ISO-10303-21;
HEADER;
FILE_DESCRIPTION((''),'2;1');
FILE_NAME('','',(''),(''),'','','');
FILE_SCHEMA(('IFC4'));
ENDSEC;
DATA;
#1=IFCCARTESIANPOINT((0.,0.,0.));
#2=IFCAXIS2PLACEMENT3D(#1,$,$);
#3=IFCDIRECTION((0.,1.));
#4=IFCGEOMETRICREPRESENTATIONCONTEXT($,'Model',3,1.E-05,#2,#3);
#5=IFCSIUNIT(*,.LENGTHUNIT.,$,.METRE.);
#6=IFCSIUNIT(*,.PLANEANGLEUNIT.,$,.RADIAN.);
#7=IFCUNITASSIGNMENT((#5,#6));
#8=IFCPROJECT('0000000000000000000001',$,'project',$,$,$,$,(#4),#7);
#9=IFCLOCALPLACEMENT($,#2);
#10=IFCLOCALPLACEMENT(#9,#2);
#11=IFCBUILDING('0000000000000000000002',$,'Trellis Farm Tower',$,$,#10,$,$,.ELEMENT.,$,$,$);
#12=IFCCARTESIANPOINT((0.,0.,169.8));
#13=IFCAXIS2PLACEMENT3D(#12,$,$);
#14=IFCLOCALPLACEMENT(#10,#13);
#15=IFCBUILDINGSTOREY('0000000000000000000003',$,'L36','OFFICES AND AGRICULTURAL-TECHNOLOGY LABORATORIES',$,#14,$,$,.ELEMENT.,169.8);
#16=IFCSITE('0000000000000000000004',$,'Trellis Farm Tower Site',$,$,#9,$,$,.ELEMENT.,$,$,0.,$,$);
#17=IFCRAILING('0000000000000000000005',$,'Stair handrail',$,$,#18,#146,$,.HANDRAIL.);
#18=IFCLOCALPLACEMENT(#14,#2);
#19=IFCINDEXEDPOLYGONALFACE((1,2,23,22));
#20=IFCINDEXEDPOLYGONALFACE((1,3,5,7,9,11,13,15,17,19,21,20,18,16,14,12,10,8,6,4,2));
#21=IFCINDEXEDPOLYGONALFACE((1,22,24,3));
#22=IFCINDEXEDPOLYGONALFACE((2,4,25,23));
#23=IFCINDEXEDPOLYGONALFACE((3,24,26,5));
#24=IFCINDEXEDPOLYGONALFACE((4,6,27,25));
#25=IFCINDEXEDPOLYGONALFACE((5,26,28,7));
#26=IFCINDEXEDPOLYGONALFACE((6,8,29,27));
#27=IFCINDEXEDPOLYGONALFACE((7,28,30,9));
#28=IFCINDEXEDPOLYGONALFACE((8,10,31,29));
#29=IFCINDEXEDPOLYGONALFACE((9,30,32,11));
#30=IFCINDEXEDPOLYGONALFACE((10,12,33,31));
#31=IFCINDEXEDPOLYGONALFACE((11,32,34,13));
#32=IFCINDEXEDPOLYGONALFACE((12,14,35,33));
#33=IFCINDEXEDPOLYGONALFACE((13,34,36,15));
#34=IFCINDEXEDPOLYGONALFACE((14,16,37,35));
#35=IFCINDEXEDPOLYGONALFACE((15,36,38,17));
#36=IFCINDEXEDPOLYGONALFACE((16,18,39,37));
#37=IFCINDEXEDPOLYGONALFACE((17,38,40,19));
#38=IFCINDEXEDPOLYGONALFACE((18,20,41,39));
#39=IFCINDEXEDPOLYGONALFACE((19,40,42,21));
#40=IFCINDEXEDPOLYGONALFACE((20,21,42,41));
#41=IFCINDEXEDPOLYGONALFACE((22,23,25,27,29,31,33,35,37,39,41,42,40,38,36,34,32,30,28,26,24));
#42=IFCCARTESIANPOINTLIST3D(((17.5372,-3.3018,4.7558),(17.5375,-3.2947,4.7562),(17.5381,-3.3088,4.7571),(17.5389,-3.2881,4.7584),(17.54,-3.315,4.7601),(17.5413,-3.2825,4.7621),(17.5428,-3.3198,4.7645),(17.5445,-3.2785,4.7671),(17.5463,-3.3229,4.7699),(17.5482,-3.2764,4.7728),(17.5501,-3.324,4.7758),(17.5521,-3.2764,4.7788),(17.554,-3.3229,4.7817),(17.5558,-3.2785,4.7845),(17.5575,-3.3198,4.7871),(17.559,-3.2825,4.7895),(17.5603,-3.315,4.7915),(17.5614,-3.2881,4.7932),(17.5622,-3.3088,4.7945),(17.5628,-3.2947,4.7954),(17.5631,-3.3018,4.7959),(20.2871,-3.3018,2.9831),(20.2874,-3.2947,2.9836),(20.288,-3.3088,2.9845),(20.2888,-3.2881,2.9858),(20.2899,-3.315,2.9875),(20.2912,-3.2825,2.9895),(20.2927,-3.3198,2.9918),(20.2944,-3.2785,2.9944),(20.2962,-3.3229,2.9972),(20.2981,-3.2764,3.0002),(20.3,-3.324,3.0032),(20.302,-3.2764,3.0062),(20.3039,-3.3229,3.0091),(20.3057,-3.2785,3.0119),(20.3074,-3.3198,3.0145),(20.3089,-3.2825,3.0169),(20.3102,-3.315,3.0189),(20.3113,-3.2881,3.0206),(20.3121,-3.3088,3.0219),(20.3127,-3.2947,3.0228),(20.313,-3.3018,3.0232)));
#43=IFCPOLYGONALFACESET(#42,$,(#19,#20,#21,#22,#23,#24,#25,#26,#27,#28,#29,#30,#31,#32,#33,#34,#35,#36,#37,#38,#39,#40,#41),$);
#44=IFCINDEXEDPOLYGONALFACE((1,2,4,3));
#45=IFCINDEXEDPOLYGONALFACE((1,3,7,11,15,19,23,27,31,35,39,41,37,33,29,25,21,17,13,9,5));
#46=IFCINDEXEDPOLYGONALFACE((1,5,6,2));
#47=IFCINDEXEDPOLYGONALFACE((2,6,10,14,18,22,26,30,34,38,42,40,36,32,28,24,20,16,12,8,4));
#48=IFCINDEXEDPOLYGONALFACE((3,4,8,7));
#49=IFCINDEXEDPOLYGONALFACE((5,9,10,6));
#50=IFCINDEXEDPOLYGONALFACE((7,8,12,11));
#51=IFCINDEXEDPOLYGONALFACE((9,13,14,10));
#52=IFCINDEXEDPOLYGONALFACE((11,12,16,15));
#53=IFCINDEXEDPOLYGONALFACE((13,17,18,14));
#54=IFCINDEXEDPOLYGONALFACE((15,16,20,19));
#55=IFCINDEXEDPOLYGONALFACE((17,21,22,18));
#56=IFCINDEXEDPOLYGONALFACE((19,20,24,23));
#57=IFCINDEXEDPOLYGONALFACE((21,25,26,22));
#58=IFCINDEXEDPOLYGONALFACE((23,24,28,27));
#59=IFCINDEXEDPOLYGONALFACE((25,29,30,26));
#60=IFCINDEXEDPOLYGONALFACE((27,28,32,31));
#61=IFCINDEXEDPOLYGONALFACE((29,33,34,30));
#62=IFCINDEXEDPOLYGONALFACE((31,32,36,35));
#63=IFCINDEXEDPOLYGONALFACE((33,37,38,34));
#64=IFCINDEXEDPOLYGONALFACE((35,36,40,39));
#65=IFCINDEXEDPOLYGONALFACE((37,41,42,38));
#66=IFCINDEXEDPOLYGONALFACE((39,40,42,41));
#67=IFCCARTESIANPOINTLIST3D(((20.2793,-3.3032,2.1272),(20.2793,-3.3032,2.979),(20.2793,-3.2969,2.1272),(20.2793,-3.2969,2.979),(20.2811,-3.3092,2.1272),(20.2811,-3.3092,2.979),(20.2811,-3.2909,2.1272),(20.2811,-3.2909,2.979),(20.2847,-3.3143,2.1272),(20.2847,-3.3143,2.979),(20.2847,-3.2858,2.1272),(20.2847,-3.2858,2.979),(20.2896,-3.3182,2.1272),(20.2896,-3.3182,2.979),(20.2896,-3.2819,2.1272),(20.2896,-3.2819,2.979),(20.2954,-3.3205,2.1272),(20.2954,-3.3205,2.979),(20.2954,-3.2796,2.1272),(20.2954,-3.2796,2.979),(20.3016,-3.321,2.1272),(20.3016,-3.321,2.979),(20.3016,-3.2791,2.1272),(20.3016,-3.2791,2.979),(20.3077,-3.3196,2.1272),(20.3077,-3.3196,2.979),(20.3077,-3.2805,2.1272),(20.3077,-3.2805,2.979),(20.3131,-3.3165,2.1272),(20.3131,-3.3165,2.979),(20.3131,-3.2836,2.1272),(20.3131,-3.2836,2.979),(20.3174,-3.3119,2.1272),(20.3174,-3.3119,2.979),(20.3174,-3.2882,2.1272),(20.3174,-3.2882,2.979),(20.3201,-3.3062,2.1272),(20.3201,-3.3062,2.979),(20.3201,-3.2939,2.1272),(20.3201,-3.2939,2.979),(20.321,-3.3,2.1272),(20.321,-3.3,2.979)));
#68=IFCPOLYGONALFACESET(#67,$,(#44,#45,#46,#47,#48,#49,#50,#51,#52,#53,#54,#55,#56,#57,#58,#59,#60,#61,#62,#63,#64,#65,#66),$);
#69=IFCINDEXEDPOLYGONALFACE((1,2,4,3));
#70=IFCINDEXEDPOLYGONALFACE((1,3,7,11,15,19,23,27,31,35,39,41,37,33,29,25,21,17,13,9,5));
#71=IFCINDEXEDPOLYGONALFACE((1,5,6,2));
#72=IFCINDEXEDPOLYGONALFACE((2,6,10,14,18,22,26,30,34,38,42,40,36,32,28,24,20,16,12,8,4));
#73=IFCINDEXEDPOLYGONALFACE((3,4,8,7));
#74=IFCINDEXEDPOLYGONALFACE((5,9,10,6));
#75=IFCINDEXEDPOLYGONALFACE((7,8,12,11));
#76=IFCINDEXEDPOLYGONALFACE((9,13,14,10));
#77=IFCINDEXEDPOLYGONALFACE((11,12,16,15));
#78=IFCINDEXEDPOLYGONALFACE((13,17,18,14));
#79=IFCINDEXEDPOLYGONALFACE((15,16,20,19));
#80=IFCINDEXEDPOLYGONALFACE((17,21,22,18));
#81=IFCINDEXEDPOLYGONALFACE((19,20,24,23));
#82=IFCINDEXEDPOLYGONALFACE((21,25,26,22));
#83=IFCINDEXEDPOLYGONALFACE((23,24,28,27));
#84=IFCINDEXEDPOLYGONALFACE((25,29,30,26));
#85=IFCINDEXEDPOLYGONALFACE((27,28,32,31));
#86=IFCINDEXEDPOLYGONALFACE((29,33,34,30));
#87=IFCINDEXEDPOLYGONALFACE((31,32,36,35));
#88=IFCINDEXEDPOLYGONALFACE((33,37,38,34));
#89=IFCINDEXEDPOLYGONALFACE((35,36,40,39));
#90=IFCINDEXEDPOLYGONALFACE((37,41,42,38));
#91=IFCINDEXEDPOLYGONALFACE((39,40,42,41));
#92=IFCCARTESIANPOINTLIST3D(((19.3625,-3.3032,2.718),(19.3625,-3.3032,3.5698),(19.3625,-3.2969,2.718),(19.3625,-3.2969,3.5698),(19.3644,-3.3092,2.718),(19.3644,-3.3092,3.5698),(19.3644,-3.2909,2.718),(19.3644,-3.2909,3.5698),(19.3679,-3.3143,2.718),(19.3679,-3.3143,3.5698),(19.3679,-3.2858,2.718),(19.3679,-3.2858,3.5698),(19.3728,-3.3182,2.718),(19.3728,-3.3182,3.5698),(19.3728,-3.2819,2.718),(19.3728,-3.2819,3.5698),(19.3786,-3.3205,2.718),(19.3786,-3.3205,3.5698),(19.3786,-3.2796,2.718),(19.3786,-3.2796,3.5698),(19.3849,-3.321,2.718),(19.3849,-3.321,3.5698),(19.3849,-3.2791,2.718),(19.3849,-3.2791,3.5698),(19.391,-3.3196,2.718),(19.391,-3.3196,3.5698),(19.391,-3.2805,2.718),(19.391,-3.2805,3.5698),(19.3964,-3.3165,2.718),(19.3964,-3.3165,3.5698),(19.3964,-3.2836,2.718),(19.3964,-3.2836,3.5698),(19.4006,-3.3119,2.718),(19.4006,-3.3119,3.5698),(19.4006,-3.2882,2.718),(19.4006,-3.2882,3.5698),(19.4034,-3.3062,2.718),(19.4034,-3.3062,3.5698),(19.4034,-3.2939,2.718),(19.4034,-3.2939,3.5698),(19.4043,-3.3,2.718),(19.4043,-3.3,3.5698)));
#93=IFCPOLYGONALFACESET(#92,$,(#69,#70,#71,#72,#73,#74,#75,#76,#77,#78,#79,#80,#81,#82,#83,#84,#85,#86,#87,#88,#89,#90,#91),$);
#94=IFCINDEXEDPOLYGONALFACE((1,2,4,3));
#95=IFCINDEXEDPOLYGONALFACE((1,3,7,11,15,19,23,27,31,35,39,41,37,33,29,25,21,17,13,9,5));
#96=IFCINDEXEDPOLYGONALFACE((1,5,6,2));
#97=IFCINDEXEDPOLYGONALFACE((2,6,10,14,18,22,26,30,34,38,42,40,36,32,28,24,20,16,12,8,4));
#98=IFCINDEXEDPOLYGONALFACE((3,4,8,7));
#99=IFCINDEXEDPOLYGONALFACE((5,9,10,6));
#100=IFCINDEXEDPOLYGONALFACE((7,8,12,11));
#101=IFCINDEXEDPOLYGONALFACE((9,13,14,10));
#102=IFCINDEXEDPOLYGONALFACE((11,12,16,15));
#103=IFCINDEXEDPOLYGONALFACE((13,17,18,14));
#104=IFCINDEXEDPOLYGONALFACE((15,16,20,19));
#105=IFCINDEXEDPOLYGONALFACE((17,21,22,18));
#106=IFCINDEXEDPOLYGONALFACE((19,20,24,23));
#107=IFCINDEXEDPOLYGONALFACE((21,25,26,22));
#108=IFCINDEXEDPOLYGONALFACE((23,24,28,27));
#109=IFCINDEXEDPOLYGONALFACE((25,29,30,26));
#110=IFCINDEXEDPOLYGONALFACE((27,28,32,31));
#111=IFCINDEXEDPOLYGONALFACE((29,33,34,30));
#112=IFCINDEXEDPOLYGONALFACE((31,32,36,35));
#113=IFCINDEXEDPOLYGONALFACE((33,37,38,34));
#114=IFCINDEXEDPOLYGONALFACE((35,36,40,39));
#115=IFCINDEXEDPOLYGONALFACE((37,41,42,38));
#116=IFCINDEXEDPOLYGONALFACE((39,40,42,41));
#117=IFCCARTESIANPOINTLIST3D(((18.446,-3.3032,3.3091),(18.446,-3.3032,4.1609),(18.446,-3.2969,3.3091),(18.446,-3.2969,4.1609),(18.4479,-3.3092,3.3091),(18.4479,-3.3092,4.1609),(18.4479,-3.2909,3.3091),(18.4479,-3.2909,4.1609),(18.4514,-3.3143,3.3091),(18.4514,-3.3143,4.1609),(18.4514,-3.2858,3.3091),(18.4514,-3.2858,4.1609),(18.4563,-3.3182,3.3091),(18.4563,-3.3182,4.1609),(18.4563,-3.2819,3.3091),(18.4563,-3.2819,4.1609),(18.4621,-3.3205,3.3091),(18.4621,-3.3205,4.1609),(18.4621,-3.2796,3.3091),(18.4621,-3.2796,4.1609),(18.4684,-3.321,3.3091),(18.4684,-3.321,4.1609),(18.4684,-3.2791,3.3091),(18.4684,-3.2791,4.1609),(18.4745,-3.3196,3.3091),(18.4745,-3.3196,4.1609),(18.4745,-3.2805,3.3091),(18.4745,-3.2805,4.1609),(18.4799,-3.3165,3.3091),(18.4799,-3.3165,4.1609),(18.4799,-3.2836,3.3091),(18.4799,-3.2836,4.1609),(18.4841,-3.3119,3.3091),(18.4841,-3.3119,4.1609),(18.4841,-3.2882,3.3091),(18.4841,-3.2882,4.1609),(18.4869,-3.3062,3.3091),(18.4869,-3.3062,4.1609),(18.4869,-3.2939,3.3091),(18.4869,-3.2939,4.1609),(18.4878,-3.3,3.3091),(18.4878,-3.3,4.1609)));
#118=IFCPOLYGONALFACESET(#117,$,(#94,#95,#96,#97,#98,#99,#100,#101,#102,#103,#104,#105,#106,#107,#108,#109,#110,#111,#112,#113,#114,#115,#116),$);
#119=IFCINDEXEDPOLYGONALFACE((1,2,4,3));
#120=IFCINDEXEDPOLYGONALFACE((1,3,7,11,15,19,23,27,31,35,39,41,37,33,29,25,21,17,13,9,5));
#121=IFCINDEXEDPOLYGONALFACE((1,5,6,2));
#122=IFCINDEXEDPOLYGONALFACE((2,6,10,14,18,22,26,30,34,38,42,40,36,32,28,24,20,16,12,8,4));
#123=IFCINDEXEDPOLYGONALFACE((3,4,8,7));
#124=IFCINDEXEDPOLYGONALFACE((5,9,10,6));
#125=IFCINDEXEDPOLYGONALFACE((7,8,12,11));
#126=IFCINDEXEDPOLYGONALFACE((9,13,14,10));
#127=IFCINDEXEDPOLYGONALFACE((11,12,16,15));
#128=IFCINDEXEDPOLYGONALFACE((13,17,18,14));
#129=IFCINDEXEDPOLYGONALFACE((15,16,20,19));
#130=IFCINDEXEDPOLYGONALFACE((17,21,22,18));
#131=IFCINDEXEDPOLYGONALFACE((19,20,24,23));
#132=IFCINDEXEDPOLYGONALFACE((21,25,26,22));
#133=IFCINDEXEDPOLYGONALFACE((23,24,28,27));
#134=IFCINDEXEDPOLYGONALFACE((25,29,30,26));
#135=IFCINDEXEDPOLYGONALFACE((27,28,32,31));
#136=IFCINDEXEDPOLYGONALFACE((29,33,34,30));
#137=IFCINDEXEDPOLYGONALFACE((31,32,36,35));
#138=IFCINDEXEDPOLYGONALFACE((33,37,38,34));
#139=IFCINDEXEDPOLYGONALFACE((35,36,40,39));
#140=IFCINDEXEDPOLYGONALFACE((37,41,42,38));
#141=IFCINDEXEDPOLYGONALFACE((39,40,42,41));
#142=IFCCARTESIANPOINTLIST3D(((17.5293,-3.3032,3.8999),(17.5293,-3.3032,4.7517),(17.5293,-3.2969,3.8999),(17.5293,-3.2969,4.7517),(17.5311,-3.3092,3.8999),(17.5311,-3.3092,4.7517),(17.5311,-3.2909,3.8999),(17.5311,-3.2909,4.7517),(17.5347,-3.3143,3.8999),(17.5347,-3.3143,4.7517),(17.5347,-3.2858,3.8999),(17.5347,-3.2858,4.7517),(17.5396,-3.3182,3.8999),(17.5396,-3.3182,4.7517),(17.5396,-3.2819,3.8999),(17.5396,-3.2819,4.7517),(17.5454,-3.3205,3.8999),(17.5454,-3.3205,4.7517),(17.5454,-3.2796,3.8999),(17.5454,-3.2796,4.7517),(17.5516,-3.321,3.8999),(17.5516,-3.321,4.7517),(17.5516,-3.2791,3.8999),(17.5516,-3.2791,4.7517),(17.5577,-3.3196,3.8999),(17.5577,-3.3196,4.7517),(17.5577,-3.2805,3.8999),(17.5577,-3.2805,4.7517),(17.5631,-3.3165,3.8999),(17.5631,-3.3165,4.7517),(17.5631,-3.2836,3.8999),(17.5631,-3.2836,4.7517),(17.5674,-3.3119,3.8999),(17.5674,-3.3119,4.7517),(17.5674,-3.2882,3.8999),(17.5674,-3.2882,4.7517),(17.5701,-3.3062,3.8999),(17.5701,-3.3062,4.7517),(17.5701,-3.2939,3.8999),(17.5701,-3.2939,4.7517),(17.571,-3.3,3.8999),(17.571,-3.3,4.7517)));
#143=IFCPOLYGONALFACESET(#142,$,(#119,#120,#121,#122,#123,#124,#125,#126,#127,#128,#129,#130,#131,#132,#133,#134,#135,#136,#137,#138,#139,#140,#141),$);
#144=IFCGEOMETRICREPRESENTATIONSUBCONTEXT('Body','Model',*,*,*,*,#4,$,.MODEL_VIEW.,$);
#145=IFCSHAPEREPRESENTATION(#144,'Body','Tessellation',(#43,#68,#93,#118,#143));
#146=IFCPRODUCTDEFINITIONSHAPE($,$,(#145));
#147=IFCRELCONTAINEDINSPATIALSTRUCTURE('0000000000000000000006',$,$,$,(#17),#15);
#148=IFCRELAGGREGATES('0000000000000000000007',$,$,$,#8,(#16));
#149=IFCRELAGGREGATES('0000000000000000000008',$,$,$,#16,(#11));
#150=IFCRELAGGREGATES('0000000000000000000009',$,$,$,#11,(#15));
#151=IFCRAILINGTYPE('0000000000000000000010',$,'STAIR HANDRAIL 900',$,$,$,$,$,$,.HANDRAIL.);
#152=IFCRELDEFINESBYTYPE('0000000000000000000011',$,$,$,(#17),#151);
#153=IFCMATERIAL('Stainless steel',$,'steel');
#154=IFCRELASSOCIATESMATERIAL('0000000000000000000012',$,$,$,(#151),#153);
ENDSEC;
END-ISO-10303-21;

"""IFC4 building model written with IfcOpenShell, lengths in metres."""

from ifc_helpers import new_model, si_unit, direction, frame, origin, origin_2d, place, context, subcontext, project, spatial, circle, extrude, source, transform, mapped, material, type_object, element, save


model = new_model("IFC4")

# Units and contexts
model_context = context("Model", 3, precision=1e-05, world=origin(), true_north=direction((0.0, 1.0)))
body_context = subcontext(model_context, "Body", "Model", "MODEL_VIEW")
ifc_project = project(units=[si_unit("LENGTHUNIT", "METRE"), si_unit("PLANEANGLEUNIT", "RADIAN")], contexts=[model_context])

# Site, building, storey
site_placement = place(None, origin())
site = spatial("IfcSite", under=ifc_project, at=site_placement, Name="Trellis Farm Tower Site", CompositionType="ELEMENT", RefElevation=0.0)
building_placement = place(site_placement, origin())
building = spatial("IfcBuilding", under=site, at=building_placement, Name="Trellis Farm Tower", CompositionType="ELEMENT")
storey_placement = place(building_placement, frame((0.0, 0.0, 169.8)))
storey = spatial("IfcBuildingStorey", under=building, at=storey_placement, Name="L36", Description="OFFICES AND AGRICULTURAL-TECHNOLOGY LABORATORIES", CompositionType="ELEMENT", Elevation=169.8)

# Railing
ifc_material_1 = material(Name="Stainless steel", Category="steel")
railing_type = type_object("IfcRailingType", Name="STAIR HANDRAIL 900", PredefinedType="HANDRAIL", material=ifc_material_1)
shared_shape_1 = source(origin(), body_context, "Body", "SweptSolid", [
    extrude(circle(Radius=0.0239, at=origin_2d()), frame((0.0, 0.0, 0.876), z_axis=(-0.840504, 0.0, 0.541806), x_axis=(0.0, -1.0, 0.0)), (0.0, 0.0, 1.0), 3.2717),
    extrude(circle(Radius=0.021, at=origin_2d()), origin(), (0.0, 0.0, 1.0), 0.8518),
    extrude(circle(Radius=0.021, at=origin_2d()), frame((-0.9167, 0.0, 0.5908)), (0.0, 0.0, 1.0), 0.8518),
    extrude(circle(Radius=0.021, at=origin_2d()), frame((-1.8333, 0.0, 1.1819)), (0.0, 0.0, 1.0), 0.8518),
    extrude(circle(Radius=0.021, at=origin_2d()), frame((-2.75, 0.0, 1.7727)), (0.0, 0.0, 1.0), 0.8518),
])
for number, where, name in (
    (1, (20.3, -3.3, 2.1272), "Stair handrail"),
):
    element("IfcRailing", number, at=place(storey_placement, frame(where)), inside=storey, type_object=railing_type, Name=name, PredefinedType="HANDRAIL", context=body_context, shape_type="MappedRepresentation", body=[
        mapped(shared_shape_1, transform((0.0, 0.0, 0.0))),
    ])

save(model, "model.ifc")
